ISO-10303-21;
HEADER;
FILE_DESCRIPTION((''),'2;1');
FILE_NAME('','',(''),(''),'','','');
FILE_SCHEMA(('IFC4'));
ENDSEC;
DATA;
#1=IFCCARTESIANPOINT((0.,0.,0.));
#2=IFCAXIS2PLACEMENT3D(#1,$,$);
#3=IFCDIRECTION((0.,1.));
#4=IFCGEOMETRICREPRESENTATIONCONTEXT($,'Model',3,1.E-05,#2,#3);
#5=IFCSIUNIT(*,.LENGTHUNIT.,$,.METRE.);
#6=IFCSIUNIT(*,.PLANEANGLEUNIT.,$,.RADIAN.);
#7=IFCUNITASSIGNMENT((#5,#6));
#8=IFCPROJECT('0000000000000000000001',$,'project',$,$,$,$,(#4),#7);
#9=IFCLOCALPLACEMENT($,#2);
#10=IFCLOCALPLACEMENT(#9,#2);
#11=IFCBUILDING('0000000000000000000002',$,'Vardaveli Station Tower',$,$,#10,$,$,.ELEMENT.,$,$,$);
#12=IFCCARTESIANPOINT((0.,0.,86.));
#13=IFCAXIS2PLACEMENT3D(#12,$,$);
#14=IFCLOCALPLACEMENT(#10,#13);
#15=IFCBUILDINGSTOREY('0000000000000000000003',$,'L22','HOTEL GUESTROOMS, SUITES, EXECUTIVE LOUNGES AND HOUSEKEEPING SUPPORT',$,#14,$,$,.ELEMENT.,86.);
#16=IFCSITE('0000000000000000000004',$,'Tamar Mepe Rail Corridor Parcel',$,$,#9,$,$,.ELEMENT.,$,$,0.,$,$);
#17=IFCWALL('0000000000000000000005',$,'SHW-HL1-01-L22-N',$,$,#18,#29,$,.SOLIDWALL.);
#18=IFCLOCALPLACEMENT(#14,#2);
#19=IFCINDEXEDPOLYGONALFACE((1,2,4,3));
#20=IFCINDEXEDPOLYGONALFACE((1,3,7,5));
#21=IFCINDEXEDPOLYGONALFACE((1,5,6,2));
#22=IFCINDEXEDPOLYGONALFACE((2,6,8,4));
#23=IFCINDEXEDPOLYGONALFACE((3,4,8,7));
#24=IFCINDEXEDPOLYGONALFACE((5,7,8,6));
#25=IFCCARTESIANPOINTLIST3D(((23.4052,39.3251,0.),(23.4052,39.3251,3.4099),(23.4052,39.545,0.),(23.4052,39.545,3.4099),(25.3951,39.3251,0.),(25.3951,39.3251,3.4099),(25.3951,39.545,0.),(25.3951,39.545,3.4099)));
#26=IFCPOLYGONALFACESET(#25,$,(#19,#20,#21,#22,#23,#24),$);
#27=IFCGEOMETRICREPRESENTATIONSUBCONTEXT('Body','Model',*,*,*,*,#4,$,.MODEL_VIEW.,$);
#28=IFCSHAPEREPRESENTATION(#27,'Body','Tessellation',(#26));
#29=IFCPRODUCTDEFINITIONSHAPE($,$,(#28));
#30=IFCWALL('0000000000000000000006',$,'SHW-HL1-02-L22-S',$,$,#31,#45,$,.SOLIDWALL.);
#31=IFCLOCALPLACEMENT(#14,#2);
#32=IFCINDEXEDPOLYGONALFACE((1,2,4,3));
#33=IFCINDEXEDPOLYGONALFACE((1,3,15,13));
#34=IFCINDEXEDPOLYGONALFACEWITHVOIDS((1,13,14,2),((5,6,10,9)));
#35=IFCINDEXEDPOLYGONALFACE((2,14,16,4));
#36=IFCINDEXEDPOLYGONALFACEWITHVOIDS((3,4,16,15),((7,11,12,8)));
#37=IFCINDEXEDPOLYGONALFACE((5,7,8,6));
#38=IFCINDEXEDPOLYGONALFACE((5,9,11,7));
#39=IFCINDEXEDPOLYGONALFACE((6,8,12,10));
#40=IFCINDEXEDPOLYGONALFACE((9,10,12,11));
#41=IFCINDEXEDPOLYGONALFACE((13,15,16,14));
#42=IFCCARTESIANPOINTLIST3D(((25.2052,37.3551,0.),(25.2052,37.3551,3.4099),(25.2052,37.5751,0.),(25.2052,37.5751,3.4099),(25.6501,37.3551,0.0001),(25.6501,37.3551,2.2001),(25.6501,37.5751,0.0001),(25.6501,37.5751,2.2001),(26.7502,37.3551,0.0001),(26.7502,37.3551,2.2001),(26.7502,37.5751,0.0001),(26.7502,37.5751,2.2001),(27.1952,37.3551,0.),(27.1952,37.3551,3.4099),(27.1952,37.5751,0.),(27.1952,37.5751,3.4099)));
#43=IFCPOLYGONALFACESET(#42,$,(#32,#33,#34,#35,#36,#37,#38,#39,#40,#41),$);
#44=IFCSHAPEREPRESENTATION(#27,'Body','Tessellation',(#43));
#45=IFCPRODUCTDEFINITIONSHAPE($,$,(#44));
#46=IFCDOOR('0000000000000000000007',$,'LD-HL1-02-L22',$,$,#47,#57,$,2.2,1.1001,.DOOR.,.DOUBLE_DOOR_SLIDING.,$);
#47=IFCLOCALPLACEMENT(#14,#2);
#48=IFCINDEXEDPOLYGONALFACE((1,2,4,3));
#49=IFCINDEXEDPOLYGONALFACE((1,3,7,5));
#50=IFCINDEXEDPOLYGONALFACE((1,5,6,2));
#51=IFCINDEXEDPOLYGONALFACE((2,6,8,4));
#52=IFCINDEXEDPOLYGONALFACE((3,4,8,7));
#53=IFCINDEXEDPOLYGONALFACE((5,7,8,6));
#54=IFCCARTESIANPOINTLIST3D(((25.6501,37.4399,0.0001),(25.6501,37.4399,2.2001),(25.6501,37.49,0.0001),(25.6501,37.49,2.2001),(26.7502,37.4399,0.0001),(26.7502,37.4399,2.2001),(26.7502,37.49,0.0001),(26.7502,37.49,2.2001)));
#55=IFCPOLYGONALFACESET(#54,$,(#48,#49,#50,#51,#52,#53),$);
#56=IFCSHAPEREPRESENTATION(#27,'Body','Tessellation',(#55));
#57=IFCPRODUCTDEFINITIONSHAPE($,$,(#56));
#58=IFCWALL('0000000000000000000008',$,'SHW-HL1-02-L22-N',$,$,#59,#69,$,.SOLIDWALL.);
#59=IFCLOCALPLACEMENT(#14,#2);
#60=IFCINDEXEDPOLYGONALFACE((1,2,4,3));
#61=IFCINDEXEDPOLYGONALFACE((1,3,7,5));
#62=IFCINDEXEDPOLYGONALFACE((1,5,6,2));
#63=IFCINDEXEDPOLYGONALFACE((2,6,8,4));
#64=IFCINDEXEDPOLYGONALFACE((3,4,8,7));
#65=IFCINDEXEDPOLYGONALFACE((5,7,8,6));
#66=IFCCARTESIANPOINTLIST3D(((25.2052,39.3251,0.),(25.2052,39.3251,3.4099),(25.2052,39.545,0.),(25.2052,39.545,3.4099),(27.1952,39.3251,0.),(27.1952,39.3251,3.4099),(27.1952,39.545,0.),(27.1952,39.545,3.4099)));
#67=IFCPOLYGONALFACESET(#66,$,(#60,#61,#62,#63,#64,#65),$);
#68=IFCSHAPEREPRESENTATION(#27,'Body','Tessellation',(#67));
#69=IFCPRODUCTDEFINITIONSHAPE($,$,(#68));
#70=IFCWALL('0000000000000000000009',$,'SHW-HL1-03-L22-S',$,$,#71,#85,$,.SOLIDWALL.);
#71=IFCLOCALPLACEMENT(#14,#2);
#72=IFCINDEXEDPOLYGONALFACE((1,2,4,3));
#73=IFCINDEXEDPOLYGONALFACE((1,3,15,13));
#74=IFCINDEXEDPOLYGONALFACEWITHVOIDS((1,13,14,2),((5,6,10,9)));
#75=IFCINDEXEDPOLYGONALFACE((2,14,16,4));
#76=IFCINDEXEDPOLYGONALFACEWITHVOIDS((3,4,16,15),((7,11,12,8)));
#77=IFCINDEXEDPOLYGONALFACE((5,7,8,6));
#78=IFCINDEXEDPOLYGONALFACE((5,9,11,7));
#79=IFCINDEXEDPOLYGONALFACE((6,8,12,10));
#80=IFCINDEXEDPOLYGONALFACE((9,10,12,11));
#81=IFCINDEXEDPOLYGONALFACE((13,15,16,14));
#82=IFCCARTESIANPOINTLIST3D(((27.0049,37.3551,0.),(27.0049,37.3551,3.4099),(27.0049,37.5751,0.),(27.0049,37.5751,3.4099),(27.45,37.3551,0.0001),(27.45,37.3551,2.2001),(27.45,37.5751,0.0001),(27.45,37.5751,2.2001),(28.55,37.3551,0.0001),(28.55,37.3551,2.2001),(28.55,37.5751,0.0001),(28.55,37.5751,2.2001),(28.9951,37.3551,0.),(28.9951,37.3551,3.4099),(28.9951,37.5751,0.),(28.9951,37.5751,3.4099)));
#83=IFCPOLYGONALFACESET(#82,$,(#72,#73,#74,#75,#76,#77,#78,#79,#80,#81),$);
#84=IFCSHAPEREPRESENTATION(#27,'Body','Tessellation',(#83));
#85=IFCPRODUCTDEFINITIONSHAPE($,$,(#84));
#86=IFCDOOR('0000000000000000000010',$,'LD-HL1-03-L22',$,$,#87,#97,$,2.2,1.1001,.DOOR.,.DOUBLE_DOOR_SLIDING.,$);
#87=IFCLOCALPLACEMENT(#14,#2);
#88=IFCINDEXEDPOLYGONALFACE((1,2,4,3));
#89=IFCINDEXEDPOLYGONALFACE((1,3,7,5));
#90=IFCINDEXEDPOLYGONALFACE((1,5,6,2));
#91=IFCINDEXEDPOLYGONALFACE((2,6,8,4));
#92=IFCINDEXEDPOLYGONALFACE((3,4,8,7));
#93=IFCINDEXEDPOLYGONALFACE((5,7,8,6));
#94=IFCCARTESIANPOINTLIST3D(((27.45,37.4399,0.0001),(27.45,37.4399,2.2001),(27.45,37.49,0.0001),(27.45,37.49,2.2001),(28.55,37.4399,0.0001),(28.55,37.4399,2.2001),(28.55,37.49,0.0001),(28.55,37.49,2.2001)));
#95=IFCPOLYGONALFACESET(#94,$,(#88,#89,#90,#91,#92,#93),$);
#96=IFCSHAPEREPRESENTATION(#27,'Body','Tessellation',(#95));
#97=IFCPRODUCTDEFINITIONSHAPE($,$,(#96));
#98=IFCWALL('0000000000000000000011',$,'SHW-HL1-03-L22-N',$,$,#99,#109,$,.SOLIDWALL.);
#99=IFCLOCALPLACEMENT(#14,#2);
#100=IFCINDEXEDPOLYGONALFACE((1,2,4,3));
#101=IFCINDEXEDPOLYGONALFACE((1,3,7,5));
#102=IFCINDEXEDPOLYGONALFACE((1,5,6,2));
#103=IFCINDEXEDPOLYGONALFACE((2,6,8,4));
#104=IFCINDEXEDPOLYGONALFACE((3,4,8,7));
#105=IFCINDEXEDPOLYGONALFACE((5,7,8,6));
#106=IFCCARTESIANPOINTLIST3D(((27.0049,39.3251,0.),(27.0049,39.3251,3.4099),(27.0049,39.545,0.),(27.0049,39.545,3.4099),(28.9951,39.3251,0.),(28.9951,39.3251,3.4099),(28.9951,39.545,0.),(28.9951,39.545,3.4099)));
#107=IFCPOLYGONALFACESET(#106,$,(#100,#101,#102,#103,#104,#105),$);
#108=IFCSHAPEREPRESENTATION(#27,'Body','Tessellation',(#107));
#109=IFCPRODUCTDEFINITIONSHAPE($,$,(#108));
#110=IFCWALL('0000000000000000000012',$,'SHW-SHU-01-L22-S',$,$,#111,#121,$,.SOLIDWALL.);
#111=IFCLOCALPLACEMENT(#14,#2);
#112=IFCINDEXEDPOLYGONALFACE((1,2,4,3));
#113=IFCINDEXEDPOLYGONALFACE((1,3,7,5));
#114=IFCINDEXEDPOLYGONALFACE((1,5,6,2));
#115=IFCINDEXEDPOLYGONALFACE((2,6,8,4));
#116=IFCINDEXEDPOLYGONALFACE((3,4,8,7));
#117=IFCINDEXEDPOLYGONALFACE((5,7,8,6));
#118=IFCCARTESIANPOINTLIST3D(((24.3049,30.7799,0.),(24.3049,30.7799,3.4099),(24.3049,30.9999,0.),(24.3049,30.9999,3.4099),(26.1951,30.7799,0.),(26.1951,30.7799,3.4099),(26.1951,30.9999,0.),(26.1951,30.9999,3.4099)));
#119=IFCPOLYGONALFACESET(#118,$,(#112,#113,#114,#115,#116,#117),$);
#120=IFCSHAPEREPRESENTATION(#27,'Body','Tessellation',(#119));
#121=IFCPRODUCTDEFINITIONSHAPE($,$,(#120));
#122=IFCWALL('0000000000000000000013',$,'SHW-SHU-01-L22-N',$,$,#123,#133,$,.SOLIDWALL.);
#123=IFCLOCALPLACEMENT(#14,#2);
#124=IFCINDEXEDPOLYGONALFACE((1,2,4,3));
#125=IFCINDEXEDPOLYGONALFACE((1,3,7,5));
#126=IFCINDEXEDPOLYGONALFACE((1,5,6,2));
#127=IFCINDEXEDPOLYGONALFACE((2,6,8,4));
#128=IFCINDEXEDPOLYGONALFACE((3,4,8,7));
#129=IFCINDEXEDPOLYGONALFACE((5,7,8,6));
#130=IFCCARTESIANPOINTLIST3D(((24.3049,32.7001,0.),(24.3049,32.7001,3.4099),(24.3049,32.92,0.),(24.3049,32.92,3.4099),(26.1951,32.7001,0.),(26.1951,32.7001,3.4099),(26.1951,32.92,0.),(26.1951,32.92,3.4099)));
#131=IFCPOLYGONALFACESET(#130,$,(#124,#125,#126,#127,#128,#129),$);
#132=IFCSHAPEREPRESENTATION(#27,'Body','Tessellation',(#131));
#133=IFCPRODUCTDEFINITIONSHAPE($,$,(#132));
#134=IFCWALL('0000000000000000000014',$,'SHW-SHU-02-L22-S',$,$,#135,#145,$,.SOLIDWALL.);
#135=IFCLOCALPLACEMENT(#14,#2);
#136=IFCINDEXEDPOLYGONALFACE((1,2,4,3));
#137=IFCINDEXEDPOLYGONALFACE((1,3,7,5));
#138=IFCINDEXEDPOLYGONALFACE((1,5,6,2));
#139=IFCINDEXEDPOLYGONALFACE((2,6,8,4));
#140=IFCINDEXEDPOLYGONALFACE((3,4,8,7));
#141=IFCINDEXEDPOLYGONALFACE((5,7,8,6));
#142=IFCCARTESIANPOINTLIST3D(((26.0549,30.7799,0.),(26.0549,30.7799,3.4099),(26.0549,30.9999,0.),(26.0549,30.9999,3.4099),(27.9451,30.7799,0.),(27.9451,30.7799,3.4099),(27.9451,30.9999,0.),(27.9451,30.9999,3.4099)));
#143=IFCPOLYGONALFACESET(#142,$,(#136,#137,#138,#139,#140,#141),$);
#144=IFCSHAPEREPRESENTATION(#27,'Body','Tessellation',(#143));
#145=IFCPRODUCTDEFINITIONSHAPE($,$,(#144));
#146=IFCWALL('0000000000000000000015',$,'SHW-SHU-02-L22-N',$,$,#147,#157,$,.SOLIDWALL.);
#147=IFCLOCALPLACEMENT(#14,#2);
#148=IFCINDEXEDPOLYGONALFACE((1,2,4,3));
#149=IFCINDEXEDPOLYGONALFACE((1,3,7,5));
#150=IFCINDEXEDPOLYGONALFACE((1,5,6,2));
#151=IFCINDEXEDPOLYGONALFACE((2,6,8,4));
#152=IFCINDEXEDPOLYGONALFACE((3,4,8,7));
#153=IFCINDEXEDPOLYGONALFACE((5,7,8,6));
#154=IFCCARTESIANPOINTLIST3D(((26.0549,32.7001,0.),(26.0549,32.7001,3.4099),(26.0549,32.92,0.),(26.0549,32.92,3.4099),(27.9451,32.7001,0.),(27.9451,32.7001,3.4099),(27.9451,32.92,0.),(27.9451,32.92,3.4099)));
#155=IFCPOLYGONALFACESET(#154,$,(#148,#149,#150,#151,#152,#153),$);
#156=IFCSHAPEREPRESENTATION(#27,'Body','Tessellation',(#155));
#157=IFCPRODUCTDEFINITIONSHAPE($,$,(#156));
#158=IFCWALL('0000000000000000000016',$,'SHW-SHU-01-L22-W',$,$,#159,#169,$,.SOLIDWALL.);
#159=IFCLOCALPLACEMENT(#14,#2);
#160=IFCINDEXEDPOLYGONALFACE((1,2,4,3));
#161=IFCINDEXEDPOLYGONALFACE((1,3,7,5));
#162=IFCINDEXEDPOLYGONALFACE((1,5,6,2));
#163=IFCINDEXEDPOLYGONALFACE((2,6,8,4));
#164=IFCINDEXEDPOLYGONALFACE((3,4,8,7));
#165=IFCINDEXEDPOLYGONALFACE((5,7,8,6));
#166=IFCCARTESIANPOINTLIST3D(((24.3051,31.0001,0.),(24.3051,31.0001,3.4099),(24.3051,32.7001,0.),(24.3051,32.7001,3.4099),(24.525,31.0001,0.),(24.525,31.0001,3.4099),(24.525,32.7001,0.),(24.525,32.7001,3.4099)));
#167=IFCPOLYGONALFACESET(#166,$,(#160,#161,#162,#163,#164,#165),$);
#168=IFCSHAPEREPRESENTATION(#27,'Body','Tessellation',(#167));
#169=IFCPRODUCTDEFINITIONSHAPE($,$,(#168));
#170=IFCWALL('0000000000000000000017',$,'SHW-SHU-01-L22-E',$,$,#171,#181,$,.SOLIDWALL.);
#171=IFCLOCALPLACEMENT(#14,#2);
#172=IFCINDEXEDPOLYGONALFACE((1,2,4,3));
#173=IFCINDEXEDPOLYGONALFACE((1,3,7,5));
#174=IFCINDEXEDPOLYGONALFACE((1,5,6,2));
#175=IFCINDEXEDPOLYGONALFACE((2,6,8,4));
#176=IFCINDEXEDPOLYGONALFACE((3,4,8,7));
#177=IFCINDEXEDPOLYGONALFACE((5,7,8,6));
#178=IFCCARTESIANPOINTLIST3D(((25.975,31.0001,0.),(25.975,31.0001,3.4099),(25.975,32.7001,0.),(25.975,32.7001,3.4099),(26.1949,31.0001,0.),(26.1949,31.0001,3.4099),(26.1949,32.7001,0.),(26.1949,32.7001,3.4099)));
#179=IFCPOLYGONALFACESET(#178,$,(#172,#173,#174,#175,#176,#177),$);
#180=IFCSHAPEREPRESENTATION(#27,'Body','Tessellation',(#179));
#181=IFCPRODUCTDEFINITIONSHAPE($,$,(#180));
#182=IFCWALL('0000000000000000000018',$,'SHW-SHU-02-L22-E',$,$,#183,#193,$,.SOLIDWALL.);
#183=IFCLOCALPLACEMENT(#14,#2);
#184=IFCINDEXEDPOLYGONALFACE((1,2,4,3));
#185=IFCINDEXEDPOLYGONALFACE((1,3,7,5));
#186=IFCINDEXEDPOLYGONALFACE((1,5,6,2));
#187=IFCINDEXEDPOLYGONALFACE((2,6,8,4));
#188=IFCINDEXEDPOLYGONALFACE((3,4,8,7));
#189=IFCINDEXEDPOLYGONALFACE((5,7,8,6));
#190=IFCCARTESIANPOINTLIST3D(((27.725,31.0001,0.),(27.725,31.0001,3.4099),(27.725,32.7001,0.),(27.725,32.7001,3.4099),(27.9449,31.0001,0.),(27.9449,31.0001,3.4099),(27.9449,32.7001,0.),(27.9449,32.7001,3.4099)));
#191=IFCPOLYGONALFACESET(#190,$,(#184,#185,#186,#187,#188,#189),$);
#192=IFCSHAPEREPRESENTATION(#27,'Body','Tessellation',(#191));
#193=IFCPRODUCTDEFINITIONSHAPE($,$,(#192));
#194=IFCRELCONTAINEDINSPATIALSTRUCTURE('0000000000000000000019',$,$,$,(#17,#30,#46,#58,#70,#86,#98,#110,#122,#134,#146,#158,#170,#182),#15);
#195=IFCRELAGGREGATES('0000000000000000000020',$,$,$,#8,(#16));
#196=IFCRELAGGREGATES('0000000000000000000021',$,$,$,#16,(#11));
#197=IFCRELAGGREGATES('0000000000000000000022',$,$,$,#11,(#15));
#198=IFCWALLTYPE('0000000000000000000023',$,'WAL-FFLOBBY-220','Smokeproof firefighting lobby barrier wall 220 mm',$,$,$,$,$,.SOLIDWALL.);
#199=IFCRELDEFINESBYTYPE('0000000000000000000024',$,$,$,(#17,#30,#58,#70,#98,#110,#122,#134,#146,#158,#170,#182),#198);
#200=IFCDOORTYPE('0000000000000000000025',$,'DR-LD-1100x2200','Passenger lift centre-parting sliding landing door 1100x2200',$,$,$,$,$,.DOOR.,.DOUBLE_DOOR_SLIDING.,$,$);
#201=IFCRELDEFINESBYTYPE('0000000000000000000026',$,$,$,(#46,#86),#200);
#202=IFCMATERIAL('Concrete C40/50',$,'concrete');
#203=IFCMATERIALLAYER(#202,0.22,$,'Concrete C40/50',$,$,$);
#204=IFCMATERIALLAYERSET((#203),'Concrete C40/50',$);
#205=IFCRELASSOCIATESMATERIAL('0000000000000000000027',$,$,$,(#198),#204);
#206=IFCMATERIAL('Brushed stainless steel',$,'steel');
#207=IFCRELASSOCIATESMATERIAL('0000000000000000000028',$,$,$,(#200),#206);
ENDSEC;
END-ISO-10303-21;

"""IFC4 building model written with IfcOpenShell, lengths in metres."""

from ifc_helpers import new_model, si_unit, direction, frame, frame_2d, origin, place, context, subcontext, project, spatial, rectangle, extrude, source, transform, mapped, material, layer, layer_set, type_object, element, fill, save


model = new_model("IFC4")

# Units and contexts
model_context = context("Model", 3, precision=1e-05, world=origin(), true_north=direction((0.0, 1.0)))
body_context = subcontext(model_context, "Body", "Model", "MODEL_VIEW")
ifc_project = project(units=[si_unit("LENGTHUNIT", "METRE"), si_unit("PLANEANGLEUNIT", "RADIAN")], contexts=[model_context])

# Site, building, storey
site_placement = place(None, origin())
site = spatial("IfcSite", under=ifc_project, at=site_placement, Name="Tamar Mepe Rail Corridor Parcel", CompositionType="ELEMENT", RefElevation=0.0)
building_placement = place(site_placement, origin())
building = spatial("IfcBuilding", under=site, at=building_placement, Name="Vardaveli Station Tower", CompositionType="ELEMENT")
storey_placement = place(building_placement, frame((0.0, 0.0, 86.0)))
storey = spatial("IfcBuildingStorey", under=building, at=storey_placement, Name="L22", Description="HOTEL GUESTROOMS, SUITES, EXECUTIVE LOUNGES AND HOUSEKEEPING SUPPORT", CompositionType="ELEMENT", Elevation=86.0)

# Shared definitions
ifc_material_1 = material(Name="Concrete C40/50", Category="concrete")
ifc_layer = layer(ifc_material_1, 0.22, Name="Concrete C40/50")
ifc_layer_set = layer_set([ifc_layer], Name="Concrete C40/50")
wall_type = type_object("IfcWallType", Name="WAL-FFLOBBY-220", Description="Smokeproof firefighting lobby barrier wall 220 mm", PredefinedType="SOLIDWALL", material=ifc_layer_set)

# Shared definitions
shared_shape_1 = source(origin(), body_context, "Body", "SweptSolid", [
    extrude(rectangle(XDim=1.99, YDim=0.22, at=frame_2d((0.9951, 0.0))), origin(), (0.0, 0.0, 1.0), 3.4099),
])
shared_shape_2 = source(origin(), body_context, "Body", "SweptSolid", [
    extrude(rectangle(XDim=1.1001, YDim=2.2, at=frame_2d((0.55, 1.1001))), frame((0.0, 0.1201, 0.0), z_axis=(0.0, -1.0, 0.0), x_axis=(1.0, 0.0, 0.0)), (0.0, 0.0, 1.0), 0.24),
])
ifc_material_2 = material(Name="Brushed stainless steel", Category="steel")
door_type = type_object("IfcDoorType", Name="DR-LD-1100x2200", Description="Passenger lift centre-parting sliding landing door 1100x2200", OperationType="DOUBLE_DOOR_SLIDING", PredefinedType="DOOR", material=ifc_material_2)
shared_shape_3 = source(origin(), body_context, "Body", "SweptSolid", [
    extrude(rectangle(XDim=1.1001, YDim=2.2, at=frame_2d((0.55, 1.1001))), frame((0.0, 0.0249, 0.0), z_axis=(0.0, -1.0, 0.0), x_axis=(1.0, 0.0, 0.0)), (0.0, 0.0, 1.0), 0.05),
])

# Wall
wall_1_placement = place(storey_placement, frame((23.405, 39.4351, 0.0), z_axis=(0.0, 0.0, 1.0), x_axis=(1.0, 0.0, 0.0)))
element("IfcWall", 1, at=wall_1_placement, inside=storey, type_object=wall_type, Name="SHW-HL1-01-L22-N", PredefinedType="SOLIDWALL", context=body_context, shape_type="MappedRepresentation", body=[
    mapped(shared_shape_1, transform((0.0, 0.0, 0.0), scale=1.0)),
])

# Wall, opening, door
wall_2_placement = place(storey_placement, frame((25.2051, 37.4651, 0.0), z_axis=(0.0, 0.0, 1.0), x_axis=(1.0, 0.0, 0.0)))
wall_2 = element("IfcWall", 2, at=wall_2_placement, inside=storey, type_object=wall_type, Name="SHW-HL1-02-L22-S", PredefinedType="SOLIDWALL", context=body_context, shape_type="MappedRepresentation", body=[
    mapped(shared_shape_1, transform((0.0, 0.0, 0.0), scale=1.0)),
])
opening_1_placement = place(wall_2_placement, frame((0.4451, 0.0, 0.0)))
opening_1 = element("IfcOpeningElement", 3, at=opening_1_placement, cuts=wall_2, PredefinedType="OPENING", context=body_context, shape_type="MappedRepresentation", body=[
    mapped(shared_shape_2, transform((0.0, 0.0, 0.0), scale=1.0)),
])
door_1_placement = place(opening_1_placement, origin())
door_1 = element("IfcDoor", 4, at=door_1_placement, inside=storey, type_object=door_type, Name="LD-HL1-02-L22", OperationType="DOUBLE_DOOR_SLIDING", OverallHeight=2.2, OverallWidth=1.1001, PredefinedType="DOOR", context=body_context, shape_type="MappedRepresentation", body=[
    mapped(shared_shape_3, transform((0.0, 0.0, 0.0), scale=1.0)),
])
fill(opening_1, door_1)

# Wall
wall_3_placement = place(storey_placement, frame((25.2051, 39.4351, 0.0), z_axis=(0.0, 0.0, 1.0), x_axis=(1.0, 0.0, 0.0)))
element("IfcWall", 5, at=wall_3_placement, inside=storey, type_object=wall_type, Name="SHW-HL1-02-L22-N", PredefinedType="SOLIDWALL", context=body_context, shape_type="MappedRepresentation", body=[
    mapped(shared_shape_1, transform((0.0, 0.0, 0.0), scale=1.0)),
])

# Wall, opening, door
shared_shape_4 = source(origin(), body_context, "Body", "SweptSolid", [
    extrude(rectangle(XDim=1.9902, YDim=0.22, at=frame_2d((0.9951, 0.0))), origin(), (0.0, 0.0, 1.0), 3.4099),
])
wall_4_placement = place(storey_placement, frame((27.0049, 37.4651, 0.0), z_axis=(0.0, 0.0, 1.0), x_axis=(1.0, 0.0, 0.0)))
wall_4 = element("IfcWall", 6, at=wall_4_placement, inside=storey, type_object=wall_type, Name="SHW-HL1-03-L22-S", PredefinedType="SOLIDWALL", context=body_context, shape_type="MappedRepresentation", body=[
    mapped(shared_shape_4, transform((0.0, 0.0, 0.0), scale=1.0)),
])
opening_2_placement = place(wall_4_placement, frame((0.4451, 0.0, 0.0)))
opening_2 = element("IfcOpeningElement", 7, at=opening_2_placement, cuts=wall_4, PredefinedType="OPENING", context=body_context, shape_type="MappedRepresentation", body=[
    mapped(shared_shape_2, transform((0.0, 0.0, 0.0), scale=1.0)),
])
door_2_placement = place(opening_2_placement, origin())
door_2 = element("IfcDoor", 8, at=door_2_placement, inside=storey, type_object=door_type, Name="LD-HL1-03-L22", OperationType="DOUBLE_DOOR_SLIDING", OverallHeight=2.2, OverallWidth=1.1001, PredefinedType="DOOR", context=body_context, shape_type="MappedRepresentation", body=[
    mapped(shared_shape_3, transform((0.0, 0.0, 0.0), scale=1.0)),
])
fill(opening_2, door_2)

# Walls
wall_5_placement = place(storey_placement, frame((27.0049, 39.4351, 0.0), z_axis=(0.0, 0.0, 1.0), x_axis=(1.0, 0.0, 0.0)))
element("IfcWall", 9, at=wall_5_placement, inside=storey, type_object=wall_type, Name="SHW-HL1-03-L22-N", PredefinedType="SOLIDWALL", context=body_context, shape_type="MappedRepresentation", body=[
    mapped(shared_shape_4, transform((0.0, 0.0, 0.0), scale=1.0)),
])
shared_shape_5 = source(origin(), body_context, "Body", "SweptSolid", [
    extrude(rectangle(XDim=1.8901, YDim=0.22, at=frame_2d((0.9451, 0.0))), origin(), (0.0, 0.0, 1.0), 3.4099),
])
for number, where, z_axis, x_axis, name in (
    (10, (24.3049, 30.8899, 0.0), (0.0, 0.0, 1.0), (1.0, 0.0, 0.0), "SHW-SHU-01-L22-S"),
    (11, (24.3049, 32.8101, 0.0), (0.0, 0.0, 1.0), (1.0, 0.0, 0.0), "SHW-SHU-01-L22-N"),
    (12, (26.0549, 30.8899, 0.0), (0.0, 0.0, 1.0), (1.0, 0.0, 0.0), "SHW-SHU-02-L22-S"),
    (13, (26.0549, 32.8101, 0.0), (0.0, 0.0, 1.0), (1.0, 0.0, 0.0), "SHW-SHU-02-L22-N"),
):
    element("IfcWall", number, at=place(storey_placement, frame(where, z_axis=z_axis, x_axis=x_axis)), inside=storey, type_object=wall_type, Name=name, PredefinedType="SOLIDWALL", context=body_context, shape_type="MappedRepresentation", body=[
        mapped(shared_shape_5, transform((0.0, 0.0, 0.0), scale=1.0)),
    ])
shared_shape_6 = source(origin(), body_context, "Body", "SweptSolid", [
    extrude(rectangle(XDim=1.7, YDim=0.22, at=frame_2d((0.8501, 0.0))), origin(), (0.0, 0.0, 1.0), 3.4099),
])
for number, where, z_axis, x_axis, name in (
    (14, (24.415, 31.0, 0.0), (0.0, 0.0, 1.0), (0.0, 1.0, 0.0), "SHW-SHU-01-L22-W"),
    (15, (26.085, 31.0, 0.0), (0.0, 0.0, 1.0), (0.0, 1.0, 0.0), "SHW-SHU-01-L22-E"),
    (16, (27.835, 31.0, 0.0), (0.0, 0.0, 1.0), (0.0, 1.0, 0.0), "SHW-SHU-02-L22-E"),
):
    element("IfcWall", number, at=place(storey_placement, frame(where, z_axis=z_axis, x_axis=x_axis)), inside=storey, type_object=wall_type, Name=name, PredefinedType="SOLIDWALL", context=body_context, shape_type="MappedRepresentation", body=[
        mapped(shared_shape_6, transform((0.0, 0.0, 0.0), scale=1.0)),
    ])

save(model, "model.ifc")
